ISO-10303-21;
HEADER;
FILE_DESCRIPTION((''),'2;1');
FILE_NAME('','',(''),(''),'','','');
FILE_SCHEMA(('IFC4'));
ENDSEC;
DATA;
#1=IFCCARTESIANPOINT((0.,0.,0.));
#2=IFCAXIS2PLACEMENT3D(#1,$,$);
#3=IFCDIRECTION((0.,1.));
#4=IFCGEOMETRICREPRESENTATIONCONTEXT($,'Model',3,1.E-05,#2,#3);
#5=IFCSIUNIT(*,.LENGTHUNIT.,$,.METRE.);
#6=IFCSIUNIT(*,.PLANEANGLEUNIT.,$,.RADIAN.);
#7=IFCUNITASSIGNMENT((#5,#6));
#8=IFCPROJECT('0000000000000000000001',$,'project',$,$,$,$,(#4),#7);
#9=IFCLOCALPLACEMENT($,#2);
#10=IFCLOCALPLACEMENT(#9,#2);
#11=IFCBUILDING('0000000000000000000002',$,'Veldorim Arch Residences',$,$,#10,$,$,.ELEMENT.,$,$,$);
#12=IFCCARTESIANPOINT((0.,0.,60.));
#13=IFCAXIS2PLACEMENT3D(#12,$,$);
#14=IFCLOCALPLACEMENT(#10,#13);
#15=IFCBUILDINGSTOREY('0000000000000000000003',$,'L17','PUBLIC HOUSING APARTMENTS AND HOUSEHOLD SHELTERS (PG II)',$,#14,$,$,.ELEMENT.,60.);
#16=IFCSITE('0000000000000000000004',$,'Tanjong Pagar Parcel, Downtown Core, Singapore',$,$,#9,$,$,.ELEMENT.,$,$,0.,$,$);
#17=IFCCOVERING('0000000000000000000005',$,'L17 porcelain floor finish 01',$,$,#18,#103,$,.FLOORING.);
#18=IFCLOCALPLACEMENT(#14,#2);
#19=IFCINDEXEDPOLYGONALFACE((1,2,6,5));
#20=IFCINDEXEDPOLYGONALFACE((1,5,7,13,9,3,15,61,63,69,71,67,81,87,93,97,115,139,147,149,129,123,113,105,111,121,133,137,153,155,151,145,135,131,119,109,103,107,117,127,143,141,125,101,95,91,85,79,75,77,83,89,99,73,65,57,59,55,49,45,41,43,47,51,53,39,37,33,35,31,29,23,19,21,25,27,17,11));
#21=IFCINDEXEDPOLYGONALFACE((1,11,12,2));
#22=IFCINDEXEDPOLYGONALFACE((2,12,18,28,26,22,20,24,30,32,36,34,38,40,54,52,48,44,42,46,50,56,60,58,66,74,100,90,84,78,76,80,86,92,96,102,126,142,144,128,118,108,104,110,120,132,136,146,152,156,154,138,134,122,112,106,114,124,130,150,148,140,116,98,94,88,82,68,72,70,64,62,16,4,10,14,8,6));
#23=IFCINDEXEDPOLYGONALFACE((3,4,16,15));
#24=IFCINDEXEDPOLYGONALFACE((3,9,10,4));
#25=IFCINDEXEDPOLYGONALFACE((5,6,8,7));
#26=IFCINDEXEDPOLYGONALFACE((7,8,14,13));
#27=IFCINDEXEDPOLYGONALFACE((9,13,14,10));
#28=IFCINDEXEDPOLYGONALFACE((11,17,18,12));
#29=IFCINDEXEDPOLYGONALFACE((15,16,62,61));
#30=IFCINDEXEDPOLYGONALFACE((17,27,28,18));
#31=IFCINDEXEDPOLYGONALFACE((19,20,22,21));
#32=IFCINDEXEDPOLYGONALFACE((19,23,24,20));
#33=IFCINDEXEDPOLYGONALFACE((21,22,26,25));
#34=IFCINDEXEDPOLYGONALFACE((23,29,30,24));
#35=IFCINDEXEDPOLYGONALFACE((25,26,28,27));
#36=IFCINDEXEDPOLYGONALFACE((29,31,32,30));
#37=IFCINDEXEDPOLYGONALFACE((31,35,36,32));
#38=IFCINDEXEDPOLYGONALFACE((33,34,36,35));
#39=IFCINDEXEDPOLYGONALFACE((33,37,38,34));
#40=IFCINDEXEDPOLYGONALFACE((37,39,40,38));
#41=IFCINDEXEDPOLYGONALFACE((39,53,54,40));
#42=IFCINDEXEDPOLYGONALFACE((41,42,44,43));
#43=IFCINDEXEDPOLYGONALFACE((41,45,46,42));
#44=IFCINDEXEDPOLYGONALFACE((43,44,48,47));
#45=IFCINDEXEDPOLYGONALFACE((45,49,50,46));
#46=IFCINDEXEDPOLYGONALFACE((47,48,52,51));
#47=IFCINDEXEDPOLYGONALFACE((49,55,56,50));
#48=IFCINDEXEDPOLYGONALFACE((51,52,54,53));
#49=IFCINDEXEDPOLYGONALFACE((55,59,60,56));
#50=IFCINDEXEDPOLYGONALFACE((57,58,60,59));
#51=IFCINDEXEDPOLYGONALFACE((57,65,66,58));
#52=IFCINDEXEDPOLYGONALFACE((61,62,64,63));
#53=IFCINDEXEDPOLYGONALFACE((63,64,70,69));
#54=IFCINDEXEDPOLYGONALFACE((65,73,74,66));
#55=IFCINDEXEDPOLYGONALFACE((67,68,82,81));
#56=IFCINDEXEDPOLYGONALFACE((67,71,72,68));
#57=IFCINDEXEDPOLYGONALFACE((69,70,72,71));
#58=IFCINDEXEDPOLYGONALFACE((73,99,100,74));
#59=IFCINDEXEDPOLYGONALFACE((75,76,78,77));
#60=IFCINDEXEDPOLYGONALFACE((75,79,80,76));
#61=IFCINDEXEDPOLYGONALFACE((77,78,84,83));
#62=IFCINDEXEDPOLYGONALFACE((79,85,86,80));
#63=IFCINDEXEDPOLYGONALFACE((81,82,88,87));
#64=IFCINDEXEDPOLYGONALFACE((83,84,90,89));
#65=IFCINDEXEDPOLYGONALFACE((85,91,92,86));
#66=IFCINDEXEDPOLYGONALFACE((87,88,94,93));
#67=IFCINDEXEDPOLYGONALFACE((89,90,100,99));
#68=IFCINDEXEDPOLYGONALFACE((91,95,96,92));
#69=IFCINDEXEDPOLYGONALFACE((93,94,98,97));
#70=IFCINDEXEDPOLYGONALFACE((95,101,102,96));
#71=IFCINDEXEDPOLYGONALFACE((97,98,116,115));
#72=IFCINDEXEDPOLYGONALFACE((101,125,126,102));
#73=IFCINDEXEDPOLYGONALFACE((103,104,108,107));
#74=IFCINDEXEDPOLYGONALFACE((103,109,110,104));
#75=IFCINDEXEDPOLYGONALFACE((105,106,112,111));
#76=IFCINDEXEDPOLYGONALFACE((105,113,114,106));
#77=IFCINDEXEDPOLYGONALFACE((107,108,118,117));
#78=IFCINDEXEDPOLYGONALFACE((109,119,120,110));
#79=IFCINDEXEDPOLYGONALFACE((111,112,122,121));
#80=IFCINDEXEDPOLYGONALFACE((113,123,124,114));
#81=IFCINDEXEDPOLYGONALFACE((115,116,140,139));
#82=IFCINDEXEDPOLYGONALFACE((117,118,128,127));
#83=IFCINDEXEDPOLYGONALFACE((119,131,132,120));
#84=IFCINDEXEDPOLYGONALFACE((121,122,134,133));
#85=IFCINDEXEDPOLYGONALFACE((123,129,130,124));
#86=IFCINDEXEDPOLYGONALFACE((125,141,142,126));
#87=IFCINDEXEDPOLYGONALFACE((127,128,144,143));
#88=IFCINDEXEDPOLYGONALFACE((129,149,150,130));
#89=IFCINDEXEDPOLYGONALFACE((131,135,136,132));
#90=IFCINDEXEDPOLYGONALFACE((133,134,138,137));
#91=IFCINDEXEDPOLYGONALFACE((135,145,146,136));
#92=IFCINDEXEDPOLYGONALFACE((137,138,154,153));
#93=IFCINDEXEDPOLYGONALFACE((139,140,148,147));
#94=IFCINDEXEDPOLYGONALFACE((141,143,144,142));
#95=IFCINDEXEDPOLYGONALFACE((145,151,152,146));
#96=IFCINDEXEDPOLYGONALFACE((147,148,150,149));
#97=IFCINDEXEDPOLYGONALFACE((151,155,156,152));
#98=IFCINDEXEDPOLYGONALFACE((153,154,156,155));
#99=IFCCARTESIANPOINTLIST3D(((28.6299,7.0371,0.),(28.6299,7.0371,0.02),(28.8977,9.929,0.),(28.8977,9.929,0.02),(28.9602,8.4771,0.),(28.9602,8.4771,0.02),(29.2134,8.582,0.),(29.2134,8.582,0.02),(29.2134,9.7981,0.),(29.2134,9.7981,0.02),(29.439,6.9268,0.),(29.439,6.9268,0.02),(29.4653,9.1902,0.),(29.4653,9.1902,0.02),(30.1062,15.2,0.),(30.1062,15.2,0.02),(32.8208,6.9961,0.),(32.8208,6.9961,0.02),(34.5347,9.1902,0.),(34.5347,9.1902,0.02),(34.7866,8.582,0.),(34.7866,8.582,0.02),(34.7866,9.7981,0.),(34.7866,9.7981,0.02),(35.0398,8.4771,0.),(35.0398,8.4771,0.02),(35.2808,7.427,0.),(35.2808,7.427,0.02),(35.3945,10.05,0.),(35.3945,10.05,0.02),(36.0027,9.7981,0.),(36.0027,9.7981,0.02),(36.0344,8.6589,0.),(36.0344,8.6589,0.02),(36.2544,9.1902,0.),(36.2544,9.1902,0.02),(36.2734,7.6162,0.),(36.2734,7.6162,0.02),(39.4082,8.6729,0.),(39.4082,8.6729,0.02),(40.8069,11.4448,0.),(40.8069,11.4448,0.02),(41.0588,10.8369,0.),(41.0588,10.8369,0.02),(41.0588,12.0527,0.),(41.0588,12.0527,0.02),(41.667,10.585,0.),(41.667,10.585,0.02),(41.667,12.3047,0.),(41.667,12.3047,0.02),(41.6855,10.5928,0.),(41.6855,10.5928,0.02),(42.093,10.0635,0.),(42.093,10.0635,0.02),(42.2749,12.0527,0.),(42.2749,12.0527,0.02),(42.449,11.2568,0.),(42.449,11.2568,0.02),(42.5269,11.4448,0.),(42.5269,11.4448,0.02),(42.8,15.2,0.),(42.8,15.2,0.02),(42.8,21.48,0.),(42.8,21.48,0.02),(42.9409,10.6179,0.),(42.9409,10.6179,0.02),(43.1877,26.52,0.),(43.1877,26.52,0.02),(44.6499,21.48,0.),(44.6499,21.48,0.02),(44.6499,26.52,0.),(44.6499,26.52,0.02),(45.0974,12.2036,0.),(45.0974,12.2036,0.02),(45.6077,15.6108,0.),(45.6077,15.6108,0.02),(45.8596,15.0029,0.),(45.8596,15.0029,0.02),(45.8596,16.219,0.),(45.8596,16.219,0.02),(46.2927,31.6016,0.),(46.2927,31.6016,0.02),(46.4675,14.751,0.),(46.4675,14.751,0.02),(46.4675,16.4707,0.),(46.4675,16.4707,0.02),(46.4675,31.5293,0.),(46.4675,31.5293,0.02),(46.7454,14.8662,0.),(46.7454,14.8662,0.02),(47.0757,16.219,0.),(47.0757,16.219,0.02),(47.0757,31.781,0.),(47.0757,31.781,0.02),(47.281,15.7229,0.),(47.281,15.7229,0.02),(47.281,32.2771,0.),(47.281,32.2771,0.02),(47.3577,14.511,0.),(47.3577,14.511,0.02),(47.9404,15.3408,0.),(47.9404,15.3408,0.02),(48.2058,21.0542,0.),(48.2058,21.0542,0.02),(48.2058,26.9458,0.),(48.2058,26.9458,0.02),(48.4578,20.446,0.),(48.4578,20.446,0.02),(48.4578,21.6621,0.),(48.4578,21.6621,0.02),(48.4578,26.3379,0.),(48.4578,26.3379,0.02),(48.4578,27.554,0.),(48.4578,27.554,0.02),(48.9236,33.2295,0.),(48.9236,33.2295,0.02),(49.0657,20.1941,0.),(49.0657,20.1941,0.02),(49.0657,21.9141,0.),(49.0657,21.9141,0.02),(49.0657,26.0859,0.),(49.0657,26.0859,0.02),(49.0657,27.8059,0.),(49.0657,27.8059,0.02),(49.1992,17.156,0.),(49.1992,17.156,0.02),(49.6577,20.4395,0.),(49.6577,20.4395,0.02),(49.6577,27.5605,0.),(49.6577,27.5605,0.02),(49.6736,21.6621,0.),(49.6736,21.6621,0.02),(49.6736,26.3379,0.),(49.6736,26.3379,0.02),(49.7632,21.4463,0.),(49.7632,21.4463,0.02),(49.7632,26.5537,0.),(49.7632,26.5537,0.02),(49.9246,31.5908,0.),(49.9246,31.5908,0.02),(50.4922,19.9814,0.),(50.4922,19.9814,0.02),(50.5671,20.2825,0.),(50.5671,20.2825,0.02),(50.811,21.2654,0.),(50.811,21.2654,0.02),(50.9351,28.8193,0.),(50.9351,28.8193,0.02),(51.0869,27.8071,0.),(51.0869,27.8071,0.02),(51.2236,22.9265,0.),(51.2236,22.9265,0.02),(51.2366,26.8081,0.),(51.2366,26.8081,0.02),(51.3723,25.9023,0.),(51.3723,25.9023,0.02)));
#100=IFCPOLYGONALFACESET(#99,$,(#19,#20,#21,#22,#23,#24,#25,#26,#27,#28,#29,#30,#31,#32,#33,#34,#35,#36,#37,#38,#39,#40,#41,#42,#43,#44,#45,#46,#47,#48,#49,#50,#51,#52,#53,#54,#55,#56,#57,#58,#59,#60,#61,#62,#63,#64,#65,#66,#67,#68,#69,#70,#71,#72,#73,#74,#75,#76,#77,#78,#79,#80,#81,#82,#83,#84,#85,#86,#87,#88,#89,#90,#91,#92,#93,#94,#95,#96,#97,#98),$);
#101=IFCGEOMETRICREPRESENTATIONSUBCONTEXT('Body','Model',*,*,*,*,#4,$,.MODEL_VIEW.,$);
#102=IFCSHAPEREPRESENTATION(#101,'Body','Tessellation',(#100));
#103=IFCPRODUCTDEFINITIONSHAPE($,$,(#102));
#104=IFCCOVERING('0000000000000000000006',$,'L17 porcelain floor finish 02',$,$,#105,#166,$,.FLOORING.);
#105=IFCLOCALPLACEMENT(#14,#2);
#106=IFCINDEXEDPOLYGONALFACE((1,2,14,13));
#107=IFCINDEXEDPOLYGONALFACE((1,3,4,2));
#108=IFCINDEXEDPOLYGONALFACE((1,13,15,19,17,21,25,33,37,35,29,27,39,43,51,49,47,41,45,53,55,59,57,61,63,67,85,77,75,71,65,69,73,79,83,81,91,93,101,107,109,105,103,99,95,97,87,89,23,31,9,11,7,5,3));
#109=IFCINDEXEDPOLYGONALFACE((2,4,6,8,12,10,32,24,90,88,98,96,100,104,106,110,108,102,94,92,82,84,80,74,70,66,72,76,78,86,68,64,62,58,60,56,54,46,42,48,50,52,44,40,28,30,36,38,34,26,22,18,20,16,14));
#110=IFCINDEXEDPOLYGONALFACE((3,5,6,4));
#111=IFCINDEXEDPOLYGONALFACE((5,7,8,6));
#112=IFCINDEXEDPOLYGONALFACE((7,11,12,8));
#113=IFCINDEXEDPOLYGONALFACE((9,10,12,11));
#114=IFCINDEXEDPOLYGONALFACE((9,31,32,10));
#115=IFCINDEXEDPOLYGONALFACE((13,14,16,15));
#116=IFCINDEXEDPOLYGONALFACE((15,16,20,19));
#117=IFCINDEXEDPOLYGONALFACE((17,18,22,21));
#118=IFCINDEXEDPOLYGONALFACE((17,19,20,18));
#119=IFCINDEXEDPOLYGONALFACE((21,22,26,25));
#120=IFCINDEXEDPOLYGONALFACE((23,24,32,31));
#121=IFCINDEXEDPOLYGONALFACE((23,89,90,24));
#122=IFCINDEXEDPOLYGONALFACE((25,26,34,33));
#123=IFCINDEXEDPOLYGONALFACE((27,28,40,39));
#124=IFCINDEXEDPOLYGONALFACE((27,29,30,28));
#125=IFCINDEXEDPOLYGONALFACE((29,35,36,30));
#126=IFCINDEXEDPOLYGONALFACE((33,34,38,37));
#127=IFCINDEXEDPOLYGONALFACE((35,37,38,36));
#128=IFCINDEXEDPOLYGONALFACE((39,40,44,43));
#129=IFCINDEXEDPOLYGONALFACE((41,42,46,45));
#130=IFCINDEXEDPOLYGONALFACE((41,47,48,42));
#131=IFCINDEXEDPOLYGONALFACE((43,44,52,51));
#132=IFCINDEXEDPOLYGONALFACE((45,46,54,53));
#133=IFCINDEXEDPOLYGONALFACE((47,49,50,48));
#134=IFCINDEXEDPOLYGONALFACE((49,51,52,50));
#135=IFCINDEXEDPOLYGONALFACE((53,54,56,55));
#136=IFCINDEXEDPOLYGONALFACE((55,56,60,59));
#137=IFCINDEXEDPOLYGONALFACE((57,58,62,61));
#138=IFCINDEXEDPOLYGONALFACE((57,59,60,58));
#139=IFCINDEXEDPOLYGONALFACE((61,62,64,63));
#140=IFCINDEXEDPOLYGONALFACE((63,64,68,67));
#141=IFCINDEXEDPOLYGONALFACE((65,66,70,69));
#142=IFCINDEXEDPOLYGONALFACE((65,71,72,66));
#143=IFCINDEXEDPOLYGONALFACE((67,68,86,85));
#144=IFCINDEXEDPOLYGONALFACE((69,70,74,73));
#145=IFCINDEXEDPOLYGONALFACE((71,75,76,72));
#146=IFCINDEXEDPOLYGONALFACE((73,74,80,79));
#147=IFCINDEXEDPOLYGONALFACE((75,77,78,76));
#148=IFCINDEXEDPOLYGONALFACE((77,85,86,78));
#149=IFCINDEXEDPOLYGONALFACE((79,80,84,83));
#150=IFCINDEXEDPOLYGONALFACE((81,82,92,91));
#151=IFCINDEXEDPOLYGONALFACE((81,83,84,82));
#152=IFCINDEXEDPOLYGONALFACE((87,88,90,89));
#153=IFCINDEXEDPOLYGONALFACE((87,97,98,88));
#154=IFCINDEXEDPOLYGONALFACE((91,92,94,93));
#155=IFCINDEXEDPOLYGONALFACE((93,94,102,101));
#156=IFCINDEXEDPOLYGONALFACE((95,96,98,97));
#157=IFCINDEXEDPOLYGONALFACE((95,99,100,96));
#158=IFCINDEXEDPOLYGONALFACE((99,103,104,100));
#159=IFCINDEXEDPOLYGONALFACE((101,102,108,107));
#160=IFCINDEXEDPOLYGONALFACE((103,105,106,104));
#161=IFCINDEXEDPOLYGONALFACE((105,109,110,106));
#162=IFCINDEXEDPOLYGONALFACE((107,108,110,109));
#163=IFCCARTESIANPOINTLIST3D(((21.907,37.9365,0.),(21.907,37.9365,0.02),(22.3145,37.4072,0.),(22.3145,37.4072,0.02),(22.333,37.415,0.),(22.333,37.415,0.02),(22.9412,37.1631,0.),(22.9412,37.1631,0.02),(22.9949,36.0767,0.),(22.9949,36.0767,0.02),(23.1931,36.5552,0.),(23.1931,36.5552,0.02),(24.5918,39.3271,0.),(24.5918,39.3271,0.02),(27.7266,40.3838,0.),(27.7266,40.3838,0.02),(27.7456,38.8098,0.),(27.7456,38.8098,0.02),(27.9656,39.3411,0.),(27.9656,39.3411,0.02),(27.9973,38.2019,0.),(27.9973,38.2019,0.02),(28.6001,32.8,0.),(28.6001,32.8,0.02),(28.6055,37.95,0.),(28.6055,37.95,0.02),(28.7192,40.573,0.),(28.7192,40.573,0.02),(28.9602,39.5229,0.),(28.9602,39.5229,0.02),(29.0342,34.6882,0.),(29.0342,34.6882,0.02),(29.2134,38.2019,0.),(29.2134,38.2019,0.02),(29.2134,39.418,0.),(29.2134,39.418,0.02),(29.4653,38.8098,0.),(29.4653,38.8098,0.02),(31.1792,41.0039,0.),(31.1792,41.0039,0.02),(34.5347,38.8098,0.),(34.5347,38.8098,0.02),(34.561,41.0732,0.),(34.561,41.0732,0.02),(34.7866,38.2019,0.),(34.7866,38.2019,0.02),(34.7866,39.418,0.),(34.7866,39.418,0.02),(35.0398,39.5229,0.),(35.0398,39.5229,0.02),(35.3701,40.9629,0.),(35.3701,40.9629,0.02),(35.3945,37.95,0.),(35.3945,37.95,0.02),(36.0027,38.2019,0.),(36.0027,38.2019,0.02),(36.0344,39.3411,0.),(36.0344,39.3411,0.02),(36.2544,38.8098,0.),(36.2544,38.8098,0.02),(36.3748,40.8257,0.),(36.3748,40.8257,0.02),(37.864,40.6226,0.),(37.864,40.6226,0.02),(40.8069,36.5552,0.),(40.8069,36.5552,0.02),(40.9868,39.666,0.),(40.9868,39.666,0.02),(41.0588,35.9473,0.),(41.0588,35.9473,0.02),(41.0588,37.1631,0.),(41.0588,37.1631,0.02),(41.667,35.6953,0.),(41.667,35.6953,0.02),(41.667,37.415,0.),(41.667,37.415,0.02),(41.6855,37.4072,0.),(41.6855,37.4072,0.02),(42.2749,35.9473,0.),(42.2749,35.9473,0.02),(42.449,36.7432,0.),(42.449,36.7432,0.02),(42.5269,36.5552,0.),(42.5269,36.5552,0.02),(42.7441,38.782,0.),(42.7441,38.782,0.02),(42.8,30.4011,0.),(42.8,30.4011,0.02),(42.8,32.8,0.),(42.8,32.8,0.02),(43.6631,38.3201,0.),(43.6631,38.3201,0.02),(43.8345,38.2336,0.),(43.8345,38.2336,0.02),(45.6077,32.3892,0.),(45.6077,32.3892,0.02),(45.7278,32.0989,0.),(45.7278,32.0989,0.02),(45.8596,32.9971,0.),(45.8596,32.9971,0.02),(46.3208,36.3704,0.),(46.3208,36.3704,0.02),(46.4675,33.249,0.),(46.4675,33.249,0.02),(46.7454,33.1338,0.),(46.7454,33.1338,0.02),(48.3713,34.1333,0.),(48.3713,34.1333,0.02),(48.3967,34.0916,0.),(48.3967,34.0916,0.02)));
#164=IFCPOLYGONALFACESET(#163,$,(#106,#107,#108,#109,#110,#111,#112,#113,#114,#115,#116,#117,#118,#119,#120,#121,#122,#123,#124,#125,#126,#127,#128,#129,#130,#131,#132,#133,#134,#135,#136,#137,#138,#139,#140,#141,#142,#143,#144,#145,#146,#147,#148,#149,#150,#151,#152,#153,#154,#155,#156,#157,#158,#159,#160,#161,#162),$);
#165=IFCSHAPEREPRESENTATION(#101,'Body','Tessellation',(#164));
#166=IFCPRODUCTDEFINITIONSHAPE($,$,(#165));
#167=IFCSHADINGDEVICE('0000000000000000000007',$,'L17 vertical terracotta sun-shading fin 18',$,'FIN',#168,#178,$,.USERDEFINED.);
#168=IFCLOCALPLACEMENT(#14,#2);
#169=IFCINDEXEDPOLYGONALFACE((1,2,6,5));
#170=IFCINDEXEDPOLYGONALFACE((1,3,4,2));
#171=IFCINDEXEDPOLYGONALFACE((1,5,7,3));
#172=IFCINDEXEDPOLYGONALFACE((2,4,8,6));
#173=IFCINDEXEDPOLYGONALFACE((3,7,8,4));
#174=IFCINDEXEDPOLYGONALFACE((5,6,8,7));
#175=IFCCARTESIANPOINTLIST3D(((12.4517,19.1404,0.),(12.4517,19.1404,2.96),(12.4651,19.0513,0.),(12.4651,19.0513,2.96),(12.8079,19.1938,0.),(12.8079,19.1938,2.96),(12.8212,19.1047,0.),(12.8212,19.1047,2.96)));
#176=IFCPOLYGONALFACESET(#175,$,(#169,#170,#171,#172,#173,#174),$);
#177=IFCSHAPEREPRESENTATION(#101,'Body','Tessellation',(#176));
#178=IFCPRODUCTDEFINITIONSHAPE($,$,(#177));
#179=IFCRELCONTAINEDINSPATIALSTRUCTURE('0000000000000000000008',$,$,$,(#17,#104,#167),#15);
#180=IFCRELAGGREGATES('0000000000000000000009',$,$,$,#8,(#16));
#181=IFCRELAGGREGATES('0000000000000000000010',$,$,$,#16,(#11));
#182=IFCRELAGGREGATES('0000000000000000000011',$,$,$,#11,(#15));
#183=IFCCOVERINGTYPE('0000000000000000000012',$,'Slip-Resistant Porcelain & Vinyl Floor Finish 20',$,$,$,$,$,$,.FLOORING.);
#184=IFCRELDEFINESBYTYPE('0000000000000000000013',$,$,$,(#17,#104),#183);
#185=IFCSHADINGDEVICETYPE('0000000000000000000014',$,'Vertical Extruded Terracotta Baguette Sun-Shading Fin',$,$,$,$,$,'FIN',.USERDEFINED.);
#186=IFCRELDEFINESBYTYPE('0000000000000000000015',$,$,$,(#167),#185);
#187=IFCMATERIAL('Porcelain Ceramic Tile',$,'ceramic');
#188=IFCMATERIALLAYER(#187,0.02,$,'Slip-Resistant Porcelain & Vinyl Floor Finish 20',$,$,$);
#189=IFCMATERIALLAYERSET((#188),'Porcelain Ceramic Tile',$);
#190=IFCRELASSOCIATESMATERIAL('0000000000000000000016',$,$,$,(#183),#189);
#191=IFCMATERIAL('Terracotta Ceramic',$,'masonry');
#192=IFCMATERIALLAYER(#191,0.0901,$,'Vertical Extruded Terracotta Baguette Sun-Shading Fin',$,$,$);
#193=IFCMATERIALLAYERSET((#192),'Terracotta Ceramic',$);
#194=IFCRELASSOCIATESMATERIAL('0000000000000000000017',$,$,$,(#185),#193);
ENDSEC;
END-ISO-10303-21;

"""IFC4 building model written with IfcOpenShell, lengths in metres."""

from ifc_helpers import new_model, si_unit, direction, frame, origin, origin_2d, place, context, subcontext, project, spatial, polyline, rectangle, outline, extrude, material, layer, layer_set, type_object, element, save


model = new_model("IFC4")

# Units and contexts
model_context = context("Model", 3, precision=1e-05, world=origin(), true_north=direction((0.0, 1.0)))
body_context = subcontext(model_context, "Body", "Model", "MODEL_VIEW")
ifc_project = project(units=[si_unit("LENGTHUNIT", "METRE"), si_unit("PLANEANGLEUNIT", "RADIAN")], contexts=[model_context])

# Site, building, storey
site_placement = place(None, origin())
site = spatial("IfcSite", under=ifc_project, at=site_placement, Name="Tanjong Pagar Parcel, Downtown Core, Singapore", CompositionType="ELEMENT", RefElevation=0.0)
building_placement = place(site_placement, origin())
building = spatial("IfcBuilding", under=site, at=building_placement, Name="Veldorim Arch Residences", CompositionType="ELEMENT")
storey_placement = place(building_placement, frame((0.0, 0.0, 60.0)))
storey = spatial("IfcBuildingStorey", under=building, at=storey_placement, Name="L17", Description="PUBLIC HOUSING APARTMENTS AND HOUSEHOLD SHELTERS (PG II)", CompositionType="ELEMENT", Elevation=60.0)

# Coverings
ifc_material_1 = material(Name="Porcelain Ceramic Tile", Category="ceramic")
ifc_layer_1 = layer(ifc_material_1, 0.02, Name="Slip-Resistant Porcelain & Vinyl Floor Finish 20")
ifc_layer_set_1 = layer_set([ifc_layer_1], Name="Porcelain Ceramic Tile")
covering_type_1 = type_object("IfcCoveringType", Name="Slip-Resistant Porcelain & Vinyl Floor Finish 20", PredefinedType="FLOORING", material=ifc_layer_set_1)
covering_1_placement = place(storey_placement, origin())
element("IfcCovering", 1, at=covering_1_placement, inside=storey, type_object=covering_type_1, Name="L17 porcelain floor finish 01", PredefinedType="FLOORING", context=body_context, shape_type="SweptSolid", body=[
    extrude(outline(polyline([(36.2544, 9.1902), (36.0027, 9.7981), (35.3945, 10.05), (34.7866, 9.7981), (34.5347, 9.1902), (34.7866, 8.582), (35.0398, 8.4771), (35.2808, 7.427), (32.8208, 6.9961), (29.439, 6.9268), (28.6299, 7.0371), (28.9602, 8.4771), (29.2134, 8.582), (29.4653, 9.1902), (29.2134, 9.7981), (28.8977, 9.929), (30.1062, 15.2), (42.8, 15.2), (42.8, 21.48), (44.6499, 21.48), (44.6499, 26.52), (43.1877, 26.52), (46.2927, 31.6016), (46.4675, 31.5293), (47.0757, 31.781), (47.281, 32.2771), (48.9236, 33.2295), (49.9246, 31.5908), (50.9351, 28.8193), (51.0869, 27.8071), (49.6577, 27.5605), (49.0657, 27.8059), (48.4578, 27.554), (48.2058, 26.9458), (48.4578, 26.3379), (49.0657, 26.0859), (49.6736, 26.3379), (49.7632, 26.5537), (51.2366, 26.8081), (51.3723, 25.9023), (51.2236, 22.9265), (50.811, 21.2654), (49.7632, 21.4463), (49.6736, 21.6621), (49.0657, 21.9141), (48.4578, 21.6621), (48.2058, 21.0542), (48.4578, 20.446), (49.0657, 20.1941), (49.6577, 20.4395), (50.5671, 20.2825), (50.4922, 19.9814), (49.1992, 17.156), (47.9404, 15.3408), (47.281, 15.7229), (47.0757, 16.219), (46.4675, 16.4707), (45.8596, 16.219), (45.6077, 15.6108), (45.8596, 15.0029), (46.4675, 14.751), (46.7454, 14.8662), (47.3577, 14.511), (45.0974, 12.2036), (42.9409, 10.6179), (42.449, 11.2568), (42.5269, 11.4448), (42.2749, 12.0527), (41.667, 12.3047), (41.0588, 12.0527), (40.8069, 11.4448), (41.0588, 10.8369), (41.667, 10.585), (41.6855, 10.5928), (42.093, 10.0635), (39.4082, 8.6729), (36.2734, 7.6162), (36.0344, 8.6589), (36.2544, 9.1902)])), origin(), (0.0, 0.0, 1.0), 0.02),
])
covering_2_placement = place(storey_placement, origin())
element("IfcCovering", 2, at=covering_2_placement, inside=storey, type_object=covering_type_1, Name="L17 porcelain floor finish 02", PredefinedType="FLOORING", context=body_context, shape_type="SweptSolid", body=[
    extrude(outline(polyline([(21.907, 37.9365), (24.5918, 39.3271), (27.7266, 40.3838), (27.9656, 39.3411), (27.7456, 38.8098), (27.9973, 38.2019), (28.6055, 37.95), (29.2134, 38.2019), (29.4653, 38.8098), (29.2134, 39.418), (28.9602, 39.5229), (28.7192, 40.573), (31.1792, 41.0039), (34.561, 41.0732), (35.3701, 40.9629), (35.0398, 39.5229), (34.7866, 39.418), (34.5347, 38.8098), (34.7866, 38.2019), (35.3945, 37.95), (36.0027, 38.2019), (36.2544, 38.8098), (36.0344, 39.3411), (36.3748, 40.8257), (37.864, 40.6226), (40.9868, 39.666), (42.7441, 38.782), (41.6855, 37.4072), (41.667, 37.415), (41.0588, 37.1631), (40.8069, 36.5552), (41.0588, 35.9473), (41.667, 35.6953), (42.2749, 35.9473), (42.5269, 36.5552), (42.449, 36.7432), (43.6631, 38.3201), (43.8345, 38.2336), (46.3208, 36.3704), (48.3713, 34.1333), (48.3967, 34.0916), (46.7454, 33.1338), (46.4675, 33.249), (45.8596, 32.9971), (45.6077, 32.3892), (45.7278, 32.0989), (42.8, 30.4011), (42.8, 32.8), (28.6001, 32.8), (29.0342, 34.6882), (22.9949, 36.0767), (23.1931, 36.5552), (22.9412, 37.1631), (22.333, 37.415), (22.3145, 37.4072), (21.907, 37.9365)])), origin(), (0.0, 0.0, 1.0), 0.02),
])

# Shading device
ifc_material_2 = material(Name="Terracotta Ceramic", Category="masonry")
ifc_layer_2 = layer(ifc_material_2, 0.0901, Name="Vertical Extruded Terracotta Baguette Sun-Shading Fin")
ifc_layer_set_2 = layer_set([ifc_layer_2], Name="Terracotta Ceramic")
shading_device_type = type_object("IfcShadingDeviceType", Name="Vertical Extruded Terracotta Baguette Sun-Shading Fin", ElementType="FIN", PredefinedType="USERDEFINED", material=ifc_layer_set_2)
shading_device_placement = place(storey_placement, frame((12.6365, 19.1226, 0.0), z_axis=(0.0, 0.0, 1.0), x_axis=(-0.148327, 0.988938, 0.0)))
element("IfcShadingDevice", 3, at=shading_device_placement, inside=storey, type_object=shading_device_type, Name="L17 vertical terracotta sun-shading fin 18", ObjectType="FIN", PredefinedType="USERDEFINED", context=body_context, shape_type="SweptSolid", body=[
    extrude(rectangle(XDim=0.0901, YDim=0.3601, at=origin_2d()), origin(), (0.0, 0.0, 1.0), 2.96),
])

save(model, "model.ifc")
